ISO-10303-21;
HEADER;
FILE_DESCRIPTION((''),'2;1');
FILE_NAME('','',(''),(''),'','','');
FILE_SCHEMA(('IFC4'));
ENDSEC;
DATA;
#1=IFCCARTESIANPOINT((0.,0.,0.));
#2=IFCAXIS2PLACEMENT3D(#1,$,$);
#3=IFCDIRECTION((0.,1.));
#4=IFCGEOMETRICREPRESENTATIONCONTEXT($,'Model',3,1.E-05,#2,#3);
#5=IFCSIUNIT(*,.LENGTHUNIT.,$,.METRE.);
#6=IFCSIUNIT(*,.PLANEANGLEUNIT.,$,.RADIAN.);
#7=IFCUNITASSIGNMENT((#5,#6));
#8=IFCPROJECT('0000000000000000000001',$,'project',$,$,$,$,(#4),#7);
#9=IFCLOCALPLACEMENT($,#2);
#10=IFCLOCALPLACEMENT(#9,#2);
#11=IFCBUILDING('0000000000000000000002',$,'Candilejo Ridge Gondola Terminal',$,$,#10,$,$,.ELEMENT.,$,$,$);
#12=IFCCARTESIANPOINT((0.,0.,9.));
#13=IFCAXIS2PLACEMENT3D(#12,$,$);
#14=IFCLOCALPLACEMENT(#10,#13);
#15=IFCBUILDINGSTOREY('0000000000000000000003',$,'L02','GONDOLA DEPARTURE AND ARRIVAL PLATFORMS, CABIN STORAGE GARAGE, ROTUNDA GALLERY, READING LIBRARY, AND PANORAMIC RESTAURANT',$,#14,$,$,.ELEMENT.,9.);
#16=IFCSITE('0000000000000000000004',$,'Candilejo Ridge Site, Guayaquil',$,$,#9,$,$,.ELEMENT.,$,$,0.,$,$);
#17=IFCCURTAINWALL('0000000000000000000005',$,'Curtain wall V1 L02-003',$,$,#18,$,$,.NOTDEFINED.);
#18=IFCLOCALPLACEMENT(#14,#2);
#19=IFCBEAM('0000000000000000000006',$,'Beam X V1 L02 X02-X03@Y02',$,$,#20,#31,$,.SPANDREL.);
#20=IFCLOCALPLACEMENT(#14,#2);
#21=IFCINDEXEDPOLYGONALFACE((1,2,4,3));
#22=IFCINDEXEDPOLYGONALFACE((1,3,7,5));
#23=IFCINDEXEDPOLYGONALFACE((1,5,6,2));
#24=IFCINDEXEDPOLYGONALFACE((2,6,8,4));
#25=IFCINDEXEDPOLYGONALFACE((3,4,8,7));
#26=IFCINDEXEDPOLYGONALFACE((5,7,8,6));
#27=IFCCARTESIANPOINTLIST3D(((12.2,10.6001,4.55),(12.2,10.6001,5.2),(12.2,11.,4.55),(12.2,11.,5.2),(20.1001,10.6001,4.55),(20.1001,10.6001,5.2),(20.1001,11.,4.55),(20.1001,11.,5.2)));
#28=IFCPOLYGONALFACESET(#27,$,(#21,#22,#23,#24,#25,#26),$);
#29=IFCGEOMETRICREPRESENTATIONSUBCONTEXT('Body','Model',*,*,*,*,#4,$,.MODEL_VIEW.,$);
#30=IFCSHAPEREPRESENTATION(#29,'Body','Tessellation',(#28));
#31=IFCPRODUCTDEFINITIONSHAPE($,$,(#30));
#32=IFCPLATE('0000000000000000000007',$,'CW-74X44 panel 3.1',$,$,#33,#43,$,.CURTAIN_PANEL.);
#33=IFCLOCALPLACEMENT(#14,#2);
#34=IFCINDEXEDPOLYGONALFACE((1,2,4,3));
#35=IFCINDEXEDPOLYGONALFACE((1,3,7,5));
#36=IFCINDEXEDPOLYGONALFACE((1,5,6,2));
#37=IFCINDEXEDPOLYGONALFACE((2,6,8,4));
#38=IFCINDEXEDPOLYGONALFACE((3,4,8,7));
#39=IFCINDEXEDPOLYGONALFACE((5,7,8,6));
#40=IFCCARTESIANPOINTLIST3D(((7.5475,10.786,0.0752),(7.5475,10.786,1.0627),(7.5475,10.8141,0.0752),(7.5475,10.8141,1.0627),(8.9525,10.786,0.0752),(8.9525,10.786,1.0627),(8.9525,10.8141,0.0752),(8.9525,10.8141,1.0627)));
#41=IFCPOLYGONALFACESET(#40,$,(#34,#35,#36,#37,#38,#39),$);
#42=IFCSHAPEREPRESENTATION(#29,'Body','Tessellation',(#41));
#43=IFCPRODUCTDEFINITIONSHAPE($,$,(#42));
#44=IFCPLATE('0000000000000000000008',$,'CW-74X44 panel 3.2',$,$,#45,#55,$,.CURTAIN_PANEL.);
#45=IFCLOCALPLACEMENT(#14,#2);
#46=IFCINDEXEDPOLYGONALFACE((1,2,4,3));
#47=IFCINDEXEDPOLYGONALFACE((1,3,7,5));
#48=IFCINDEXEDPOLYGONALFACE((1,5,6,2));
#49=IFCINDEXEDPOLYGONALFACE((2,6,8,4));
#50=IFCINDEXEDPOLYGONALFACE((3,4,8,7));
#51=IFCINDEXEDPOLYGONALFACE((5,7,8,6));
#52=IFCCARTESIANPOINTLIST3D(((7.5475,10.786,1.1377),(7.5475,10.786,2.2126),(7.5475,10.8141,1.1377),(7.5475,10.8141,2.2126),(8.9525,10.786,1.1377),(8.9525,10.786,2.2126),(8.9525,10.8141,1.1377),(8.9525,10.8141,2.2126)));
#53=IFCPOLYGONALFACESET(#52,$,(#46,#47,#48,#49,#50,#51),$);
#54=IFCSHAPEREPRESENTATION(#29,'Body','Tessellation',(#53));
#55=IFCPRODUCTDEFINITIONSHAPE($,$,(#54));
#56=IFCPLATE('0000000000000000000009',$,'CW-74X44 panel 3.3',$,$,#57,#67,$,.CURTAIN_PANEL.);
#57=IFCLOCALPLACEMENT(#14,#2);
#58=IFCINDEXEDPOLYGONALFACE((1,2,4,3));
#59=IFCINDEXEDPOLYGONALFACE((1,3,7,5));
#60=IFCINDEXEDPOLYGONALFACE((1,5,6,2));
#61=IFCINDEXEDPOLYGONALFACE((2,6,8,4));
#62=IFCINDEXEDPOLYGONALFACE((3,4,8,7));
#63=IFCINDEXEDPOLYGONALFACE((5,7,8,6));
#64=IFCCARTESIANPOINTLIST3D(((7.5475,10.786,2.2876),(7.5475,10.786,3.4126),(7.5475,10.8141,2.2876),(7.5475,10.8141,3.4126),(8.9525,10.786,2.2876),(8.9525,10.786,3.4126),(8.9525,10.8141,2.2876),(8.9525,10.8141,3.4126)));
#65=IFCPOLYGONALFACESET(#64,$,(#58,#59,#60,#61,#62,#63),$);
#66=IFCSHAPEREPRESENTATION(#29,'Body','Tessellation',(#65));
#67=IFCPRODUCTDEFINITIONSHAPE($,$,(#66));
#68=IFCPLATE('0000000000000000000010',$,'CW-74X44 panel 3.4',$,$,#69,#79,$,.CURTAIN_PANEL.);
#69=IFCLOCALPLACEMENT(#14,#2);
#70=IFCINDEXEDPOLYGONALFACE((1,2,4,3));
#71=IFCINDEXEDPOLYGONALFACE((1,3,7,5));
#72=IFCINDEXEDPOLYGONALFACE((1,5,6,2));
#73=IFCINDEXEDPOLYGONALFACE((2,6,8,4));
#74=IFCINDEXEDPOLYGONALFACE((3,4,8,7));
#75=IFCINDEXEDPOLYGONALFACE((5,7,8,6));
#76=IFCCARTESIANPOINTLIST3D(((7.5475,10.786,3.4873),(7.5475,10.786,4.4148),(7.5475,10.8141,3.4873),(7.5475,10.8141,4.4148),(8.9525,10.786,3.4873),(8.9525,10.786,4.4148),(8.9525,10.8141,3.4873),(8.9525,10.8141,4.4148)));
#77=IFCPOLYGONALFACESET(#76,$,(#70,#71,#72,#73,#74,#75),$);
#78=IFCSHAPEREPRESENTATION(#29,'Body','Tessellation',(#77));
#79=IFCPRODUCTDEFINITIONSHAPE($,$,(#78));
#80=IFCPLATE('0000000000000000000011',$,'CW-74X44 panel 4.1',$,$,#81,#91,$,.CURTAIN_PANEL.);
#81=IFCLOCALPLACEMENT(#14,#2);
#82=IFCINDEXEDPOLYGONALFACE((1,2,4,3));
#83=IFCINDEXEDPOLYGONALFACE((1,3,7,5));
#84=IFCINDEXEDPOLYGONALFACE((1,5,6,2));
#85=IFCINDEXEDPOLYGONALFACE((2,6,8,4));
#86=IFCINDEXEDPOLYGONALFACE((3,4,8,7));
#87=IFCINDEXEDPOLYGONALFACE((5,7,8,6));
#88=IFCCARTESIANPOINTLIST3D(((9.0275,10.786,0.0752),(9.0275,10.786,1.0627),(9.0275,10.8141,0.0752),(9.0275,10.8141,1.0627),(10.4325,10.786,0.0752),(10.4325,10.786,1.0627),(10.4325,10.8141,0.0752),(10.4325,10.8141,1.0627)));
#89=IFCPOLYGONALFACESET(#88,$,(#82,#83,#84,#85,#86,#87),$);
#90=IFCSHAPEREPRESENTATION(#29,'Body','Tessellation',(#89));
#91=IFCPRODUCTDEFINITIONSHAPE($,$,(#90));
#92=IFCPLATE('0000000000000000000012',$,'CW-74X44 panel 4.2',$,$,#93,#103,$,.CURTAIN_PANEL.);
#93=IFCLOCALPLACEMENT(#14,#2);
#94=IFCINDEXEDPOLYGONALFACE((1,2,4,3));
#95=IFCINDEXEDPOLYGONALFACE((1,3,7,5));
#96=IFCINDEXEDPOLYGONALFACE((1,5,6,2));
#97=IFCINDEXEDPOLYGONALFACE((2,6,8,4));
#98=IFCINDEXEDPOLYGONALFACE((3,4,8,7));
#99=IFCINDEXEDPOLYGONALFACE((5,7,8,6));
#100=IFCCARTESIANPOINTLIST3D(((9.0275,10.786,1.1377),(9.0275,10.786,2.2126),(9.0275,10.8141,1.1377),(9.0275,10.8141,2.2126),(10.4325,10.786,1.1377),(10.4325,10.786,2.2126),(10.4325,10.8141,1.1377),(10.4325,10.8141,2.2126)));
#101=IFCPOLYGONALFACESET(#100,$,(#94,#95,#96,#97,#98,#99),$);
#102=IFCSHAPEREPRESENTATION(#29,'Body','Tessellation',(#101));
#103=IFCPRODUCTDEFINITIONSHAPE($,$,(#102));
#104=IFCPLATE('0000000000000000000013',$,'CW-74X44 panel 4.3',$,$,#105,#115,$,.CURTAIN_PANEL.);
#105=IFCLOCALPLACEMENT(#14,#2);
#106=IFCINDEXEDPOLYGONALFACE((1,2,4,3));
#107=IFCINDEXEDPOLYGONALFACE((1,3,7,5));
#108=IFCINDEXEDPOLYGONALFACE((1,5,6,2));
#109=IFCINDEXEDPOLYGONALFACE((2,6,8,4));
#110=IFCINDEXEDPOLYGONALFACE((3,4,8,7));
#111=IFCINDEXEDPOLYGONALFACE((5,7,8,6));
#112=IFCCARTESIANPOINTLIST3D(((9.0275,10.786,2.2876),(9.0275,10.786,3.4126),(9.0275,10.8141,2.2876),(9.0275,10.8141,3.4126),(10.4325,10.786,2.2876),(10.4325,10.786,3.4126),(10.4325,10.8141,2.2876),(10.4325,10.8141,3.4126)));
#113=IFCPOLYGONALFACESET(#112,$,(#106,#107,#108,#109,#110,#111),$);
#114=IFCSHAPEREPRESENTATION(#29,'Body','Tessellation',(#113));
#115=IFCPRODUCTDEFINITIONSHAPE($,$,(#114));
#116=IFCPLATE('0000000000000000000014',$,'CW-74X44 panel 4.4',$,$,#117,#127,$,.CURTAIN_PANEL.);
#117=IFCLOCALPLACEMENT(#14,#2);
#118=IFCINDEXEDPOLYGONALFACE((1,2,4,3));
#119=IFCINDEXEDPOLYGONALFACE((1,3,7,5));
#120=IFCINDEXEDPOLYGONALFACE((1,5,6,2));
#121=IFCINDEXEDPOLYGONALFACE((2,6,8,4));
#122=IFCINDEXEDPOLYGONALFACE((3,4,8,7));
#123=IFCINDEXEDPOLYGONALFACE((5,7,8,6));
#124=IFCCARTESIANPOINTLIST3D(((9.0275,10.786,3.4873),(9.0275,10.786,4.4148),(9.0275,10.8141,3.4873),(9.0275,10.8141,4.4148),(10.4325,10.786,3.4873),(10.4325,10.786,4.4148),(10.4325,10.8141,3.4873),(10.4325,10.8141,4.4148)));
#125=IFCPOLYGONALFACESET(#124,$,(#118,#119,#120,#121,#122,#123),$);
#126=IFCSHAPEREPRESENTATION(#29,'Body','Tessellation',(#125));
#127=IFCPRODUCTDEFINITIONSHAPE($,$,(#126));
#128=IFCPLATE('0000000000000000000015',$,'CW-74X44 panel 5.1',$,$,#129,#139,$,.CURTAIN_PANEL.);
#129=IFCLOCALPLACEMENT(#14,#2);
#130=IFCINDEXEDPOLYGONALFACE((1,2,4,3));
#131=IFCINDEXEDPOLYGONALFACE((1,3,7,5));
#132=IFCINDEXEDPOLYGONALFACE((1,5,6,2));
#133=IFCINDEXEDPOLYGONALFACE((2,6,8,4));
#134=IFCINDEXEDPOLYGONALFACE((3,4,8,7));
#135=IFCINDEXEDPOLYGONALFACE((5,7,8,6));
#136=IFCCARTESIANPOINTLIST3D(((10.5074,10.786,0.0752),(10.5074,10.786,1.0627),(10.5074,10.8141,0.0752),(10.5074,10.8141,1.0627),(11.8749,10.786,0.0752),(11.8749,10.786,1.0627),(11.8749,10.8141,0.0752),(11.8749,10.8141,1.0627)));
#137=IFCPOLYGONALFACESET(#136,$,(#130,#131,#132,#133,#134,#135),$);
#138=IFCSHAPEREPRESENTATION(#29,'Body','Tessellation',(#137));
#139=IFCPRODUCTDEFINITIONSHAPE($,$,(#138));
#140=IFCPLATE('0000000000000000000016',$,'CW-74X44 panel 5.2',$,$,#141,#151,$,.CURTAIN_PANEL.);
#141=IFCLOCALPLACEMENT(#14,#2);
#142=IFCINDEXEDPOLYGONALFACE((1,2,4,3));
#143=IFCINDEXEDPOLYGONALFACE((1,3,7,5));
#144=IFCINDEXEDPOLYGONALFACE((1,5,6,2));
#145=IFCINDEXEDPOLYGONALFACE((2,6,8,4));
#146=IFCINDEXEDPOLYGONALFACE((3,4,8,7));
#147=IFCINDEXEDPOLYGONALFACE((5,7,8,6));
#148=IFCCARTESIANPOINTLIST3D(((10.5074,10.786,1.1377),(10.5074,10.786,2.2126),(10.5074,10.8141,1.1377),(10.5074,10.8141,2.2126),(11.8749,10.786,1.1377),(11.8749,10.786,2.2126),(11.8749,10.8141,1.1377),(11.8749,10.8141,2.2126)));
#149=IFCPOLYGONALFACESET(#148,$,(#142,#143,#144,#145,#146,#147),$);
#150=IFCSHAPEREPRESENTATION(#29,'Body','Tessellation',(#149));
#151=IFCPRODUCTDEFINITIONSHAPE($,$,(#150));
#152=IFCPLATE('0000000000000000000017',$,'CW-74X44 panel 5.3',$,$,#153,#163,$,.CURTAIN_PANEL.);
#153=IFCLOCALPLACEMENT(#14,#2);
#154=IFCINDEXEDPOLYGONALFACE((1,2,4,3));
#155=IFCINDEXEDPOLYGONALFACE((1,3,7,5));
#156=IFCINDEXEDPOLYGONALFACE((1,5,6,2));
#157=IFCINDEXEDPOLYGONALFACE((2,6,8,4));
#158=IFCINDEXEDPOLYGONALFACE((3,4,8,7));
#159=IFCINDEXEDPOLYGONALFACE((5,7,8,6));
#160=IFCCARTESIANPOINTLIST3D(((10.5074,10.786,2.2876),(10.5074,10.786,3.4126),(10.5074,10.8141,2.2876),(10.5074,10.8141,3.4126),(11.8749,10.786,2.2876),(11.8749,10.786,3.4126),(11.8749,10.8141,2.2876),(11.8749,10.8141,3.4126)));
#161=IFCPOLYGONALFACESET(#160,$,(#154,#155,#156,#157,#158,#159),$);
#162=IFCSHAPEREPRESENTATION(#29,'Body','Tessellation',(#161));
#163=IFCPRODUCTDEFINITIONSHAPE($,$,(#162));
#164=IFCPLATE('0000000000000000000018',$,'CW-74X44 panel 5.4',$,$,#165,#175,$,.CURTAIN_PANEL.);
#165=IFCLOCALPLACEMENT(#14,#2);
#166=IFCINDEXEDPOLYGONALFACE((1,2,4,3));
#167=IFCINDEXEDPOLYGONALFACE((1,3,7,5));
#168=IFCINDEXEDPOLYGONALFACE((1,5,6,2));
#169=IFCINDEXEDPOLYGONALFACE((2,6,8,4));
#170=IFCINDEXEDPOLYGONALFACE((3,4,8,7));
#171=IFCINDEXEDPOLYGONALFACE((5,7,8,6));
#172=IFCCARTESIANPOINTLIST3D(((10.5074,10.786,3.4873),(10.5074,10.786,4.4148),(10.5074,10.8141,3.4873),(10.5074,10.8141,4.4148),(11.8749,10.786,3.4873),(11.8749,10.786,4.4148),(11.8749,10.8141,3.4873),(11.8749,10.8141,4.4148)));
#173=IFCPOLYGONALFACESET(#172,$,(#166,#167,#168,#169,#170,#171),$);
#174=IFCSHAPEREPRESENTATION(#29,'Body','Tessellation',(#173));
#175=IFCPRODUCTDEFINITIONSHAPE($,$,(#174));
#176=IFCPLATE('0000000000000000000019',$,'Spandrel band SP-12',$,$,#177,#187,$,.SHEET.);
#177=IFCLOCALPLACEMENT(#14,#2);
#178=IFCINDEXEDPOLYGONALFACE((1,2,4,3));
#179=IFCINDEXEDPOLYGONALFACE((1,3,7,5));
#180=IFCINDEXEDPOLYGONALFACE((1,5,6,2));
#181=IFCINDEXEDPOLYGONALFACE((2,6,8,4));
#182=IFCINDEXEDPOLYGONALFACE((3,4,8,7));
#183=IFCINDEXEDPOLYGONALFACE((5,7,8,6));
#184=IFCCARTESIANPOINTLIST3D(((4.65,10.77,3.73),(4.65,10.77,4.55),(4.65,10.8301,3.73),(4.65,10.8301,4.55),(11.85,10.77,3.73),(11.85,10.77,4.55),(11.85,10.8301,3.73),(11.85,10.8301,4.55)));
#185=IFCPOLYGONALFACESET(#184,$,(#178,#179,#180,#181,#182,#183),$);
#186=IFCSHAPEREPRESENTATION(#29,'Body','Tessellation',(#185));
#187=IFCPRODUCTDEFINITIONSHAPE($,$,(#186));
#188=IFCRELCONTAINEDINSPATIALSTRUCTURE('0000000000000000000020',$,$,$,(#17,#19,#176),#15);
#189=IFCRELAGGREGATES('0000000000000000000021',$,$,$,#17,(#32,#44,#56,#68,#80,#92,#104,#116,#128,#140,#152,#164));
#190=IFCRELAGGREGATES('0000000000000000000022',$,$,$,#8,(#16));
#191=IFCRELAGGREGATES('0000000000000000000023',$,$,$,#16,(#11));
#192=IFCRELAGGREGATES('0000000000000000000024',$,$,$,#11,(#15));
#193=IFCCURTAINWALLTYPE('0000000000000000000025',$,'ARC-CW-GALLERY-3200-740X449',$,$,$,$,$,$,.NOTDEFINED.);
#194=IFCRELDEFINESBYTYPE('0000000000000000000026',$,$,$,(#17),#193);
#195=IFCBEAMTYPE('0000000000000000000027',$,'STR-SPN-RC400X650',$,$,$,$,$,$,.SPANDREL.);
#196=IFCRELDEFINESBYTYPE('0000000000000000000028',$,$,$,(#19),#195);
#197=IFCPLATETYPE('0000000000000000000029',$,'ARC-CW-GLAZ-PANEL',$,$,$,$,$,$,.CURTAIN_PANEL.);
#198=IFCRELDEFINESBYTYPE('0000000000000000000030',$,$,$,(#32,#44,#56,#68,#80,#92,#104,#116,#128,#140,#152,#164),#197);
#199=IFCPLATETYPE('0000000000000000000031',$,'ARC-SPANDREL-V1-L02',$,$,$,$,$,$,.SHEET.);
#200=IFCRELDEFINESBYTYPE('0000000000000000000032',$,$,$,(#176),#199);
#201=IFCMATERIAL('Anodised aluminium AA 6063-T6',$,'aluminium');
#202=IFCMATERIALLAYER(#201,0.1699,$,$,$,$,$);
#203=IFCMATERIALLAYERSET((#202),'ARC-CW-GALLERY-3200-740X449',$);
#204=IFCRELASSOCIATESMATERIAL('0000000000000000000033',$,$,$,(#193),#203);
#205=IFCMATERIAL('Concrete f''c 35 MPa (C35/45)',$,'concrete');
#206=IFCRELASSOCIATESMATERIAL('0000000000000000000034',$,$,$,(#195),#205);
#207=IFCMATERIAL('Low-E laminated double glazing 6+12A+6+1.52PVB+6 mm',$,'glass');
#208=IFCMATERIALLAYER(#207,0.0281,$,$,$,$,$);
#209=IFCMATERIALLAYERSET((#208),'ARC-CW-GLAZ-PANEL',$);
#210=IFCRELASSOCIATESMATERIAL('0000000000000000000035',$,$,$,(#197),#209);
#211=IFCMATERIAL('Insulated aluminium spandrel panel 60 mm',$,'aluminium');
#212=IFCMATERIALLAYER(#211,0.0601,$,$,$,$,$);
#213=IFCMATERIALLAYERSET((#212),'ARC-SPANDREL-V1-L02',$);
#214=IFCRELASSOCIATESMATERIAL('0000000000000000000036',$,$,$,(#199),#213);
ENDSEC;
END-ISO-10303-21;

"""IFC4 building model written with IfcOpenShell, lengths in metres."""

from ifc_helpers import new_model, si_unit, direction, frame, origin, origin_2d, place, context, subcontext, project, spatial, rectangle, extrude, material, layer, layer_set, material_profile, profile_set, type_object, element, aggregate, save


model = new_model("IFC4")

# Units and contexts
model_context = context("Model", 3, precision=1e-05, world=origin(), true_north=direction((0.0, 1.0)))
body_context = subcontext(model_context, "Body", "Model", "MODEL_VIEW")
ifc_project = project(units=[si_unit("LENGTHUNIT", "METRE"), si_unit("PLANEANGLEUNIT", "RADIAN")], contexts=[model_context])

# Site, building, storey
site_placement = place(None, origin())
site = spatial("IfcSite", under=ifc_project, at=site_placement, Name="Candilejo Ridge Site, Guayaquil", CompositionType="ELEMENT", RefElevation=0.0)
building_placement = place(site_placement, origin())
building = spatial("IfcBuilding", under=site, at=building_placement, Name="Candilejo Ridge Gondola Terminal", CompositionType="ELEMENT")
storey_placement = place(building_placement, frame((0.0, 0.0, 9.0)))
storey = spatial("IfcBuildingStorey", under=building, at=storey_placement, Name="L02", Description="GONDOLA DEPARTURE AND ARRIVAL PLATFORMS, CABIN STORAGE GARAGE, ROTUNDA GALLERY, READING LIBRARY, AND PANORAMIC RESTAURANT", CompositionType="ELEMENT", Elevation=9.0)

# Curtain wall
ifc_material_1 = material(Name="Anodised aluminium AA 6063-T6", Category="aluminium")
ifc_layer_1 = layer(ifc_material_1, 0.1699)
ifc_layer_set_1 = layer_set([ifc_layer_1], Name="ARC-CW-GALLERY-3200-740X449")
curtain_wall_type = type_object("IfcCurtainWallType", Name="ARC-CW-GALLERY-3200-740X449", PredefinedType="NOTDEFINED", material=ifc_layer_set_1)
curtain_wall_1_placement = place(storey_placement, origin())
curtain_wall_1 = element("IfcCurtainWall", 1, at=curtain_wall_1_placement, inside=storey, type_object=curtain_wall_type, Name="Curtain wall V1 L02-003", PredefinedType="NOTDEFINED")

# Beam
ifc_material_2 = material(Name="Concrete f'c 35 MPa (C35/45)", Category="concrete")
ifc_material_profile_1 = material_profile(ifc_material_2, rectangle(XDim=0.3999, YDim=0.6499, at=origin_2d()))
ifc_profile_set_1 = profile_set([ifc_material_profile_1], Name="Concrete f'c 35 MPa (C35/45)")
beam_type_1 = type_object("IfcBeamType", Name="STR-SPN-RC400X650", PredefinedType="SPANDREL", material=ifc_profile_set_1)
beam_1_placement = place(storey_placement, frame((12.2, 10.8, 4.875), z_axis=(1.0, 0.0, 0.0), x_axis=(0.0, 1.0, 0.0)))
element("IfcBeam", 2, at=beam_1_placement, inside=storey, type_object=beam_type_1, Name="Beam X V1 L02 X02-X03@Y02", PredefinedType="SPANDREL", context=body_context, shape_type="SweptSolid", body=[
    extrude(rectangle(XDim=0.3999, YDim=0.6499, at=origin_2d()), origin(), (0.0, 0.0, 1.0), 7.9001),
])

# Plates
ifc_material_3 = material(Name="Low-E laminated double glazing 6+12A+6+1.52PVB+6 mm", Category="glass")
ifc_layer_2 = layer(ifc_material_3, 0.0281)
ifc_layer_set_2 = layer_set([ifc_layer_2], Name="ARC-CW-GLAZ-PANEL")
plate_type_1 = type_object("IfcPlateType", Name="ARC-CW-GLAZ-PANEL", PredefinedType="CURTAIN_PANEL", material=ifc_layer_set_2)
plate_1_placement = place(storey_placement, frame((8.25, 10.8, 0.0752), z_axis=(0.0, 0.0, 1.0), x_axis=(1.0, 0.0, 0.0)))
plate_1 = element("IfcPlate", 3, at=plate_1_placement, type_object=plate_type_1, Name="CW-74X44 panel 3.1", PredefinedType="CURTAIN_PANEL", context=body_context, shape_type="SweptSolid", body=[
    extrude(rectangle(XDim=1.405, YDim=0.0281, at=origin_2d()), origin(), (0.0, 0.0, 1.0), 0.9875),
])
plate_2_placement = place(storey_placement, frame((8.25, 10.8, 1.1377), z_axis=(0.0, 0.0, 1.0), x_axis=(1.0, 0.0, 0.0)))
plate_2 = element("IfcPlate", 4, at=plate_2_placement, type_object=plate_type_1, Name="CW-74X44 panel 3.2", PredefinedType="CURTAIN_PANEL", context=body_context, shape_type="SweptSolid", body=[
    extrude(rectangle(XDim=1.405, YDim=0.0281, at=origin_2d()), origin(), (0.0, 0.0, 1.0), 1.075),
])
plate_3_placement = place(storey_placement, frame((8.25, 10.8, 2.2876), z_axis=(0.0, 0.0, 1.0), x_axis=(1.0, 0.0, 0.0)))
plate_3 = element("IfcPlate", 5, at=plate_3_placement, type_object=plate_type_1, Name="CW-74X44 panel 3.3", PredefinedType="CURTAIN_PANEL", context=body_context, shape_type="SweptSolid", body=[
    extrude(rectangle(XDim=1.405, YDim=0.0281, at=origin_2d()), origin(), (0.0, 0.0, 1.0), 1.125),
])
plate_4_placement = place(storey_placement, frame((8.25, 10.8, 3.4873), z_axis=(0.0, 0.0, 1.0), x_axis=(1.0, 0.0, 0.0)))
plate_4 = element("IfcPlate", 6, at=plate_4_placement, type_object=plate_type_1, Name="CW-74X44 panel 3.4", PredefinedType="CURTAIN_PANEL", context=body_context, shape_type="SweptSolid", body=[
    extrude(rectangle(XDim=1.405, YDim=0.0281, at=origin_2d()), origin(), (0.0, 0.0, 1.0), 0.9275),
])
plate_5_placement = place(storey_placement, frame((9.73, 10.8, 0.0752), z_axis=(0.0, 0.0, 1.0), x_axis=(1.0, 0.0, 0.0)))
plate_5 = element("IfcPlate", 7, at=plate_5_placement, type_object=plate_type_1, Name="CW-74X44 panel 4.1", PredefinedType="CURTAIN_PANEL", context=body_context, shape_type="SweptSolid", body=[
    extrude(rectangle(XDim=1.405, YDim=0.0281, at=origin_2d()), origin(), (0.0, 0.0, 1.0), 0.9875),
])
plate_6_placement = place(storey_placement, frame((9.73, 10.8, 1.1377), z_axis=(0.0, 0.0, 1.0), x_axis=(1.0, 0.0, 0.0)))
plate_6 = element("IfcPlate", 8, at=plate_6_placement, type_object=plate_type_1, Name="CW-74X44 panel 4.2", PredefinedType="CURTAIN_PANEL", context=body_context, shape_type="SweptSolid", body=[
    extrude(rectangle(XDim=1.405, YDim=0.0281, at=origin_2d()), origin(), (0.0, 0.0, 1.0), 1.075),
])
plate_7_placement = place(storey_placement, frame((9.73, 10.8, 2.2876), z_axis=(0.0, 0.0, 1.0), x_axis=(1.0, 0.0, 0.0)))
plate_7 = element("IfcPlate", 9, at=plate_7_placement, type_object=plate_type_1, Name="CW-74X44 panel 4.3", PredefinedType="CURTAIN_PANEL", context=body_context, shape_type="SweptSolid", body=[
    extrude(rectangle(XDim=1.405, YDim=0.0281, at=origin_2d()), origin(), (0.0, 0.0, 1.0), 1.125),
])
plate_8_placement = place(storey_placement, frame((9.73, 10.8, 3.4873), z_axis=(0.0, 0.0, 1.0), x_axis=(1.0, 0.0, 0.0)))
plate_8 = element("IfcPlate", 10, at=plate_8_placement, type_object=plate_type_1, Name="CW-74X44 panel 4.4", PredefinedType="CURTAIN_PANEL", context=body_context, shape_type="SweptSolid", body=[
    extrude(rectangle(XDim=1.405, YDim=0.0281, at=origin_2d()), origin(), (0.0, 0.0, 1.0), 0.9275),
])
plate_9_placement = place(storey_placement, frame((11.1912, 10.8, 0.0752), z_axis=(0.0, 0.0, 1.0), x_axis=(1.0, 0.0, 0.0)))
plate_9 = element("IfcPlate", 11, at=plate_9_placement, type_object=plate_type_1, Name="CW-74X44 panel 5.1", PredefinedType="CURTAIN_PANEL", context=body_context, shape_type="SweptSolid", body=[
    extrude(rectangle(XDim=1.3674, YDim=0.0281, at=origin_2d()), origin(), (0.0, 0.0, 1.0), 0.9875),
])
plate_10_placement = place(storey_placement, frame((11.1912, 10.8, 1.1377), z_axis=(0.0, 0.0, 1.0), x_axis=(1.0, 0.0, 0.0)))
plate_10 = element("IfcPlate", 12, at=plate_10_placement, type_object=plate_type_1, Name="CW-74X44 panel 5.2", PredefinedType="CURTAIN_PANEL", context=body_context, shape_type="SweptSolid", body=[
    extrude(rectangle(XDim=1.3674, YDim=0.0281, at=origin_2d()), origin(), (0.0, 0.0, 1.0), 1.075),
])
plate_11_placement = place(storey_placement, frame((11.1912, 10.8, 2.2876), z_axis=(0.0, 0.0, 1.0), x_axis=(1.0, 0.0, 0.0)))
plate_11 = element("IfcPlate", 13, at=plate_11_placement, type_object=plate_type_1, Name="CW-74X44 panel 5.3", PredefinedType="CURTAIN_PANEL", context=body_context, shape_type="SweptSolid", body=[
    extrude(rectangle(XDim=1.3674, YDim=0.0281, at=origin_2d()), origin(), (0.0, 0.0, 1.0), 1.125),
])
plate_12_placement = place(storey_placement, frame((11.1912, 10.8, 3.4873), z_axis=(0.0, 0.0, 1.0), x_axis=(1.0, 0.0, 0.0)))
plate_12 = element("IfcPlate", 14, at=plate_12_placement, type_object=plate_type_1, Name="CW-74X44 panel 5.4", PredefinedType="CURTAIN_PANEL", context=body_context, shape_type="SweptSolid", body=[
    extrude(rectangle(XDim=1.3674, YDim=0.0281, at=origin_2d()), origin(), (0.0, 0.0, 1.0), 0.9275),
])
aggregate(curtain_wall_1, [plate_1, plate_2, plate_3, plate_4, plate_5, plate_6, plate_7, plate_8, plate_9, plate_10, plate_11, plate_12])
ifc_material_4 = material(Name="Insulated aluminium spandrel panel 60 mm", Category="aluminium")
ifc_layer_3 = layer(ifc_material_4, 0.0601)
ifc_layer_set_3 = layer_set([ifc_layer_3], Name="ARC-SPANDREL-V1-L02")
plate_type_2 = type_object("IfcPlateType", Name="ARC-SPANDREL-V1-L02", PredefinedType="SHEET", material=ifc_layer_set_3)
plate_13_placement = place(storey_placement, frame((8.25, 10.8, 3.73), z_axis=(0.0, 0.0, 1.0), x_axis=(1.0, 0.0, 0.0)))
element("IfcPlate", 15, at=plate_13_placement, inside=storey, type_object=plate_type_2, Name="Spandrel band SP-12", PredefinedType="SHEET", context=body_context, shape_type="SweptSolid", body=[
    extrude(rectangle(XDim=7.2, YDim=0.0601, at=origin_2d()), origin(), (0.0, 0.0, 1.0), 0.8201),
])

save(model, "model.ifc")
